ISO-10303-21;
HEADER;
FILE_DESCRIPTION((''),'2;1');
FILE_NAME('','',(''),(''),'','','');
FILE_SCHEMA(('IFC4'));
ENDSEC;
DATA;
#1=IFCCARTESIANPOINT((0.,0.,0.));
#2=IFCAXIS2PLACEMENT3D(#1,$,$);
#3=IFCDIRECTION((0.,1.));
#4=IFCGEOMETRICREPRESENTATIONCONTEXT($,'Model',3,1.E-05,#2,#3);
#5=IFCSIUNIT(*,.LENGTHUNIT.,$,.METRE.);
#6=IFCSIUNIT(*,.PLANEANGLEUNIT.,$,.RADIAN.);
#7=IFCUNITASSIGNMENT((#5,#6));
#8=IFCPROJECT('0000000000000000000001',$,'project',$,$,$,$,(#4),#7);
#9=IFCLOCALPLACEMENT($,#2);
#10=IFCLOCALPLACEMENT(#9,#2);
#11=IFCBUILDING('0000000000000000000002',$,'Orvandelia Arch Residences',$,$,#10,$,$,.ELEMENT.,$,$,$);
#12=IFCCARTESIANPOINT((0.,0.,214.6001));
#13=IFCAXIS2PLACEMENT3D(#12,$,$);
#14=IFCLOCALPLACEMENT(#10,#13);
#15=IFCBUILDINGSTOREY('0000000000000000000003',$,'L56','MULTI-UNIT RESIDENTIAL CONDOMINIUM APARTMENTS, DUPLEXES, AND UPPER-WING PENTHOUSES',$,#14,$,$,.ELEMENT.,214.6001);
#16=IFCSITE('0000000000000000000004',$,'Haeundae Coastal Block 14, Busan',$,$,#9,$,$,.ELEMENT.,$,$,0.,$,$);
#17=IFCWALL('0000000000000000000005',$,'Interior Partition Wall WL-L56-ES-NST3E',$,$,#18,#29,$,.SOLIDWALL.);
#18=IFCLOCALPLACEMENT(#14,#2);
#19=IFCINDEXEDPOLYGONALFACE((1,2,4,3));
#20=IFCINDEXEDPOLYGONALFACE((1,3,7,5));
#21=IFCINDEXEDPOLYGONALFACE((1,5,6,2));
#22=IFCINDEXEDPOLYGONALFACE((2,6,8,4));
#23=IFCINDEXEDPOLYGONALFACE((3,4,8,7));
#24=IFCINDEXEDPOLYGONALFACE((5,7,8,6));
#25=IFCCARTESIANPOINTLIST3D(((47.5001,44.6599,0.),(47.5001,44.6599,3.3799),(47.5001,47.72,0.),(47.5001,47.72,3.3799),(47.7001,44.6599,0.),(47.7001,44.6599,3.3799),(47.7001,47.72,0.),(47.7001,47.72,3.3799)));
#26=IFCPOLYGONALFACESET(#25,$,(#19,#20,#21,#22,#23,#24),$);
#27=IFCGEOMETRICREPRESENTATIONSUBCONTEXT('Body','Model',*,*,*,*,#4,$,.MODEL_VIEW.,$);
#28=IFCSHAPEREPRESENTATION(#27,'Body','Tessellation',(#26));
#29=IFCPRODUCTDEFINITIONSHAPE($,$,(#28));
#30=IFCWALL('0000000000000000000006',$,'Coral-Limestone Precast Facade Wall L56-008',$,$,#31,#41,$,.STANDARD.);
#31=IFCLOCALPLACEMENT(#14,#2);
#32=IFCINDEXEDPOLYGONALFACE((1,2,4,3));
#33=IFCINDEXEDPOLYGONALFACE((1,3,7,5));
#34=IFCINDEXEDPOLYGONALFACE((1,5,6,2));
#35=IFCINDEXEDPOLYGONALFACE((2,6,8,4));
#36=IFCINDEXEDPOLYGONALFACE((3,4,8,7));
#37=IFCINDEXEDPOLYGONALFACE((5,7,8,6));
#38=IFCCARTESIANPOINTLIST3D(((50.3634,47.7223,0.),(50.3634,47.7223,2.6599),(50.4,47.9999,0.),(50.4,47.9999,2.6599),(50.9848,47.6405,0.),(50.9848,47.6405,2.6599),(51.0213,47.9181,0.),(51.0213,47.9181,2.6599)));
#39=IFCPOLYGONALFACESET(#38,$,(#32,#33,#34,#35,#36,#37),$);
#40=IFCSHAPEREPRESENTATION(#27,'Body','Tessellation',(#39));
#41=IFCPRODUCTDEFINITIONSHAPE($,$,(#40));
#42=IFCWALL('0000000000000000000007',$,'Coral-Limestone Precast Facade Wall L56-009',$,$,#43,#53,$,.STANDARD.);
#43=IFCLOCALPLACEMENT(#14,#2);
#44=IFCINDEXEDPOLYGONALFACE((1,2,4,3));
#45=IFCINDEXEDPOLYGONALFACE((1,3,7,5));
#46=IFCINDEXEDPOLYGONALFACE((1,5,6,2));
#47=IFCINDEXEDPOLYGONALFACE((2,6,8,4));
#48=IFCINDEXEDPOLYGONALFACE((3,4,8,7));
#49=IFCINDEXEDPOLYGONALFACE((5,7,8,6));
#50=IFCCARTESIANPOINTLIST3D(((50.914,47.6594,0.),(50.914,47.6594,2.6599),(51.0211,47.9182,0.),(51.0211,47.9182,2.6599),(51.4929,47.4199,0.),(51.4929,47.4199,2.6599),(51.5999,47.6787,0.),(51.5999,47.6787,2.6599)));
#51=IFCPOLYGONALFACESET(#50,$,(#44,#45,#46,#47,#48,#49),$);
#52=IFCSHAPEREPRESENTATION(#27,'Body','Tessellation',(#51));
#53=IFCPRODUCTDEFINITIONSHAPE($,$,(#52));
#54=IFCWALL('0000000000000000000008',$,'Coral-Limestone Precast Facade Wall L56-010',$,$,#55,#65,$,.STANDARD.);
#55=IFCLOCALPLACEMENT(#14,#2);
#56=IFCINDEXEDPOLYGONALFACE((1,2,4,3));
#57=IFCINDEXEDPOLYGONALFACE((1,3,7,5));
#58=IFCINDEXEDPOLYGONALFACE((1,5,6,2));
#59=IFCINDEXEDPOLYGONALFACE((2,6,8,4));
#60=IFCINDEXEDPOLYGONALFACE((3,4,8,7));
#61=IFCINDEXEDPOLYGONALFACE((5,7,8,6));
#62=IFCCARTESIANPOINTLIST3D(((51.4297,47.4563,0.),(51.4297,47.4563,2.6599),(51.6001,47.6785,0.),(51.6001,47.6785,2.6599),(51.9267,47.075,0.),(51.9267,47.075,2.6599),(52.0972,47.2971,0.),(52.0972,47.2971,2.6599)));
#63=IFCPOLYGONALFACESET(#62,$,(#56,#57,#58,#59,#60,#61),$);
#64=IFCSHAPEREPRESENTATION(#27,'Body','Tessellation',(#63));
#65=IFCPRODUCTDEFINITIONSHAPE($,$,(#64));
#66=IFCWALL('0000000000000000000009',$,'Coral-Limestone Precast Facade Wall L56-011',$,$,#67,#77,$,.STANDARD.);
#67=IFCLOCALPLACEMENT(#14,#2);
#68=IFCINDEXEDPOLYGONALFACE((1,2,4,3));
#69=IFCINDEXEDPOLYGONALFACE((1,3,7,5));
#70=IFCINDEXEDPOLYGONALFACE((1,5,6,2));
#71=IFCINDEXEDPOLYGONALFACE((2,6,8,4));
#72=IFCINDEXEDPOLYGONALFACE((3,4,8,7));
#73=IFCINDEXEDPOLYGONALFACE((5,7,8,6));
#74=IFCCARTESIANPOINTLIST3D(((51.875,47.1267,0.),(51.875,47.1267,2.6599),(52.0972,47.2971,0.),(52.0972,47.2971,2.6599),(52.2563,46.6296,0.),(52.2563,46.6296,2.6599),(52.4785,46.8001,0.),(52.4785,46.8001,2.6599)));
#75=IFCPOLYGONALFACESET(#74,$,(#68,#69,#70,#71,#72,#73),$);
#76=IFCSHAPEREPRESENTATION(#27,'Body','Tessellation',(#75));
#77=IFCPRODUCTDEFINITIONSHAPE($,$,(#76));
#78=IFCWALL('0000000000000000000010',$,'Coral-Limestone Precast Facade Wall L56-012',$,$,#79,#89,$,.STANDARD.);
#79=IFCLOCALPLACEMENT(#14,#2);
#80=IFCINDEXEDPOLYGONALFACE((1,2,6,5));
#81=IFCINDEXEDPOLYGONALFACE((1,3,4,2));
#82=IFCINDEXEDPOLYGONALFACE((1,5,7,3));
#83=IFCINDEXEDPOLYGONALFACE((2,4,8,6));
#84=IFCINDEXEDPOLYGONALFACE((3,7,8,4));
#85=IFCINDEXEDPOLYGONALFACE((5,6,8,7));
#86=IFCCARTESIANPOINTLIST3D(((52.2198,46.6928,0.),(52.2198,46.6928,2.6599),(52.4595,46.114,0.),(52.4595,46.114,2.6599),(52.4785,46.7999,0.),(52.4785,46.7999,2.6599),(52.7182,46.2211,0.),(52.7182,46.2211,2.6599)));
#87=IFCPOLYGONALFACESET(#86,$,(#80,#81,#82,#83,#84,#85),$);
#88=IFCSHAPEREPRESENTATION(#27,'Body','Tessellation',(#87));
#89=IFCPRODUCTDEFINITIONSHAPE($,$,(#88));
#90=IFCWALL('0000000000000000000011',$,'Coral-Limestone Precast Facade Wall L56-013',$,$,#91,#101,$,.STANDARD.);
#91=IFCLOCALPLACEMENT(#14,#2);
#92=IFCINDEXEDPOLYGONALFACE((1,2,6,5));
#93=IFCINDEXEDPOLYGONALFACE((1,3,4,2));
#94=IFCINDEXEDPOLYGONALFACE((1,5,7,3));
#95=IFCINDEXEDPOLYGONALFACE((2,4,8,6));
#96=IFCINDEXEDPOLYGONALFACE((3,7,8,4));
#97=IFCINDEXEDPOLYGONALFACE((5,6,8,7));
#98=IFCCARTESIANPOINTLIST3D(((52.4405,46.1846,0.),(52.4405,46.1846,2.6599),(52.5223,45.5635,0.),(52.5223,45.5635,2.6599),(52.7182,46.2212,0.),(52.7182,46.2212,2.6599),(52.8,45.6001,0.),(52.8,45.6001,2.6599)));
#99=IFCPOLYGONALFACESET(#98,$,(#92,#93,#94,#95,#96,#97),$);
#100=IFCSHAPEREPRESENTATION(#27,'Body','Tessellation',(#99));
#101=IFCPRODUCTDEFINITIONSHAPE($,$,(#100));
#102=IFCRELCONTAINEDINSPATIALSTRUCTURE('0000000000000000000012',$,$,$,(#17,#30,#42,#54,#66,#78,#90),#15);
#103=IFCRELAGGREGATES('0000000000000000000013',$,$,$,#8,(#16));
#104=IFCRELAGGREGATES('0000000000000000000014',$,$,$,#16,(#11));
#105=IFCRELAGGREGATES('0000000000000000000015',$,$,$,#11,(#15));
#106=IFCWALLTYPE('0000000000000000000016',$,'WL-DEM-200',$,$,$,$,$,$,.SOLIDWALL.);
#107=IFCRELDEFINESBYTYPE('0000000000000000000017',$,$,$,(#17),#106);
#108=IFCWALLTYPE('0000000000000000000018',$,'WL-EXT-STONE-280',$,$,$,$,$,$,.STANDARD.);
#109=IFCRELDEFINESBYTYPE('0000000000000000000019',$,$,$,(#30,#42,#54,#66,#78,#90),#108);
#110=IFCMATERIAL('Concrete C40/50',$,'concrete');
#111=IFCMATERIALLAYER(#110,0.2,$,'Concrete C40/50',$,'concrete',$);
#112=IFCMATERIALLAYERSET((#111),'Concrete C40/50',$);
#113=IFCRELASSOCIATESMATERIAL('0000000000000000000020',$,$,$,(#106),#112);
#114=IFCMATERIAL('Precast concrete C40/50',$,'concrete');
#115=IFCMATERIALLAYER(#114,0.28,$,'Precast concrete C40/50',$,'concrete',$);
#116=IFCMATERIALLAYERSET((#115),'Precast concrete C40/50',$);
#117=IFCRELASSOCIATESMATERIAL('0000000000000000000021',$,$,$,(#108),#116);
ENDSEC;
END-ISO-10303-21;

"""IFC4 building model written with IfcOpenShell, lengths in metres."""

from ifc_helpers import new_model, si_unit, direction, frame, frame_2d, origin, place, context, subcontext, project, spatial, rectangle, extrude, material, layer, layer_set, type_object, element, save


model = new_model("IFC4")

# Units and contexts
model_context = context("Model", 3, precision=1e-05, world=origin(), true_north=direction((0.0, 1.0)))
body_context = subcontext(model_context, "Body", "Model", "MODEL_VIEW")
ifc_project = project(units=[si_unit("LENGTHUNIT", "METRE"), si_unit("PLANEANGLEUNIT", "RADIAN")], contexts=[model_context])

# Site, building, storey
site_placement = place(None, origin())
site = spatial("IfcSite", under=ifc_project, at=site_placement, Name="Haeundae Coastal Block 14, Busan", CompositionType="ELEMENT", RefElevation=0.0)
building_placement = place(site_placement, origin())
building = spatial("IfcBuilding", under=site, at=building_placement, Name="Orvandelia Arch Residences", CompositionType="ELEMENT")
storey_placement = place(building_placement, frame((0.0, 0.0, 214.6001)))
storey = spatial("IfcBuildingStorey", under=building, at=storey_placement, Name="L56", Description="MULTI-UNIT RESIDENTIAL CONDOMINIUM APARTMENTS, DUPLEXES, AND UPPER-WING PENTHOUSES", CompositionType="ELEMENT", Elevation=214.6001)

# Walls
ifc_material_1 = material(Name="Concrete C40/50", Category="concrete")
ifc_layer_1 = layer(ifc_material_1, 0.2, Name="Concrete C40/50", Category="concrete")
ifc_layer_set_1 = layer_set([ifc_layer_1], Name="Concrete C40/50")
wall_type_1 = type_object("IfcWallType", Name="WL-DEM-200", PredefinedType="SOLIDWALL", material=ifc_layer_set_1)
wall_1_placement = place(storey_placement, frame((47.6001, 44.6599, 0.0), z_axis=(0.0, 0.0, 1.0), x_axis=(0.0, 1.0, 0.0)))
element("IfcWall", 1, at=wall_1_placement, inside=storey, type_object=wall_type_1, Name="Interior Partition Wall WL-L56-ES-NST3E", PredefinedType="SOLIDWALL", context=body_context, shape_type="SweptSolid", body=[
    extrude(rectangle(XDim=3.0601, YDim=0.2, at=frame_2d((1.53, 0.0))), origin(), (0.0, 0.0, 1.0), 3.3799),
])
ifc_material_2 = material(Name="Precast concrete C40/50", Category="concrete")
ifc_layer_2 = layer(ifc_material_2, 0.28, Name="Precast concrete C40/50", Category="concrete")
ifc_layer_set_2 = layer_set([ifc_layer_2], Name="Precast concrete C40/50")
wall_type_2 = type_object("IfcWallType", Name="WL-EXT-STONE-280", PredefinedType="STANDARD", material=ifc_layer_set_2)
wall_2_placement = place(storey_placement, frame((50.3816, 47.8611, 0.0), z_axis=(0.0, 0.0, 1.0), x_axis=(0.991448, -0.130505, 0.0)))
element("IfcWall", 2, at=wall_2_placement, inside=storey, type_object=wall_type_2, Name="Coral-Limestone Precast Facade Wall L56-008", PredefinedType="STANDARD", context=body_context, shape_type="SweptSolid", body=[
    extrude(rectangle(XDim=0.6267, YDim=0.28, at=frame_2d((0.3135, 0.0))), origin(), (0.0, 0.0, 1.0), 2.6599),
])
for number, where, z_axis, x_axis, name in (
    (3, (50.9675, 47.7888, 0.0), (0.0, 0.0, 1.0), (0.924031, -0.382317, 0.0), "Coral-Limestone Precast Facade Wall L56-009"),
    (4, (51.5149, 47.5674, 0.0), (0.0, 0.0, 1.0), (0.793406, -0.608693, 0.0), "Coral-Limestone Precast Facade Wall L56-010"),
    (5, (51.9861, 47.2119, 0.0), (0.0, 0.0, 1.0), (0.608693, -0.793406, 0.0), "Coral-Limestone Precast Facade Wall L56-011"),
    (6, (52.3491, 46.7463, 0.0), (0.0, 0.0, 1.0), (0.38265, -0.923893, 0.0), "Coral-Limestone Precast Facade Wall L56-012"),
    (7, (52.5793, 46.2029, 0.0), (0.0, 0.0, 1.0), (0.130555, -0.991441, 0.0), "Coral-Limestone Precast Facade Wall L56-013"),
):
    element("IfcWall", number, at=place(storey_placement, frame(where, z_axis=z_axis, x_axis=x_axis)), inside=storey, type_object=wall_type_2, Name=name, PredefinedType="STANDARD", context=body_context, shape_type="SweptSolid", body=[
        extrude(rectangle(XDim=0.6265, YDim=0.28, at=frame_2d((0.3132, 0.0))), origin(), (0.0, 0.0, 1.0), 2.6599),
    ])

save(model, "model.ifc")
